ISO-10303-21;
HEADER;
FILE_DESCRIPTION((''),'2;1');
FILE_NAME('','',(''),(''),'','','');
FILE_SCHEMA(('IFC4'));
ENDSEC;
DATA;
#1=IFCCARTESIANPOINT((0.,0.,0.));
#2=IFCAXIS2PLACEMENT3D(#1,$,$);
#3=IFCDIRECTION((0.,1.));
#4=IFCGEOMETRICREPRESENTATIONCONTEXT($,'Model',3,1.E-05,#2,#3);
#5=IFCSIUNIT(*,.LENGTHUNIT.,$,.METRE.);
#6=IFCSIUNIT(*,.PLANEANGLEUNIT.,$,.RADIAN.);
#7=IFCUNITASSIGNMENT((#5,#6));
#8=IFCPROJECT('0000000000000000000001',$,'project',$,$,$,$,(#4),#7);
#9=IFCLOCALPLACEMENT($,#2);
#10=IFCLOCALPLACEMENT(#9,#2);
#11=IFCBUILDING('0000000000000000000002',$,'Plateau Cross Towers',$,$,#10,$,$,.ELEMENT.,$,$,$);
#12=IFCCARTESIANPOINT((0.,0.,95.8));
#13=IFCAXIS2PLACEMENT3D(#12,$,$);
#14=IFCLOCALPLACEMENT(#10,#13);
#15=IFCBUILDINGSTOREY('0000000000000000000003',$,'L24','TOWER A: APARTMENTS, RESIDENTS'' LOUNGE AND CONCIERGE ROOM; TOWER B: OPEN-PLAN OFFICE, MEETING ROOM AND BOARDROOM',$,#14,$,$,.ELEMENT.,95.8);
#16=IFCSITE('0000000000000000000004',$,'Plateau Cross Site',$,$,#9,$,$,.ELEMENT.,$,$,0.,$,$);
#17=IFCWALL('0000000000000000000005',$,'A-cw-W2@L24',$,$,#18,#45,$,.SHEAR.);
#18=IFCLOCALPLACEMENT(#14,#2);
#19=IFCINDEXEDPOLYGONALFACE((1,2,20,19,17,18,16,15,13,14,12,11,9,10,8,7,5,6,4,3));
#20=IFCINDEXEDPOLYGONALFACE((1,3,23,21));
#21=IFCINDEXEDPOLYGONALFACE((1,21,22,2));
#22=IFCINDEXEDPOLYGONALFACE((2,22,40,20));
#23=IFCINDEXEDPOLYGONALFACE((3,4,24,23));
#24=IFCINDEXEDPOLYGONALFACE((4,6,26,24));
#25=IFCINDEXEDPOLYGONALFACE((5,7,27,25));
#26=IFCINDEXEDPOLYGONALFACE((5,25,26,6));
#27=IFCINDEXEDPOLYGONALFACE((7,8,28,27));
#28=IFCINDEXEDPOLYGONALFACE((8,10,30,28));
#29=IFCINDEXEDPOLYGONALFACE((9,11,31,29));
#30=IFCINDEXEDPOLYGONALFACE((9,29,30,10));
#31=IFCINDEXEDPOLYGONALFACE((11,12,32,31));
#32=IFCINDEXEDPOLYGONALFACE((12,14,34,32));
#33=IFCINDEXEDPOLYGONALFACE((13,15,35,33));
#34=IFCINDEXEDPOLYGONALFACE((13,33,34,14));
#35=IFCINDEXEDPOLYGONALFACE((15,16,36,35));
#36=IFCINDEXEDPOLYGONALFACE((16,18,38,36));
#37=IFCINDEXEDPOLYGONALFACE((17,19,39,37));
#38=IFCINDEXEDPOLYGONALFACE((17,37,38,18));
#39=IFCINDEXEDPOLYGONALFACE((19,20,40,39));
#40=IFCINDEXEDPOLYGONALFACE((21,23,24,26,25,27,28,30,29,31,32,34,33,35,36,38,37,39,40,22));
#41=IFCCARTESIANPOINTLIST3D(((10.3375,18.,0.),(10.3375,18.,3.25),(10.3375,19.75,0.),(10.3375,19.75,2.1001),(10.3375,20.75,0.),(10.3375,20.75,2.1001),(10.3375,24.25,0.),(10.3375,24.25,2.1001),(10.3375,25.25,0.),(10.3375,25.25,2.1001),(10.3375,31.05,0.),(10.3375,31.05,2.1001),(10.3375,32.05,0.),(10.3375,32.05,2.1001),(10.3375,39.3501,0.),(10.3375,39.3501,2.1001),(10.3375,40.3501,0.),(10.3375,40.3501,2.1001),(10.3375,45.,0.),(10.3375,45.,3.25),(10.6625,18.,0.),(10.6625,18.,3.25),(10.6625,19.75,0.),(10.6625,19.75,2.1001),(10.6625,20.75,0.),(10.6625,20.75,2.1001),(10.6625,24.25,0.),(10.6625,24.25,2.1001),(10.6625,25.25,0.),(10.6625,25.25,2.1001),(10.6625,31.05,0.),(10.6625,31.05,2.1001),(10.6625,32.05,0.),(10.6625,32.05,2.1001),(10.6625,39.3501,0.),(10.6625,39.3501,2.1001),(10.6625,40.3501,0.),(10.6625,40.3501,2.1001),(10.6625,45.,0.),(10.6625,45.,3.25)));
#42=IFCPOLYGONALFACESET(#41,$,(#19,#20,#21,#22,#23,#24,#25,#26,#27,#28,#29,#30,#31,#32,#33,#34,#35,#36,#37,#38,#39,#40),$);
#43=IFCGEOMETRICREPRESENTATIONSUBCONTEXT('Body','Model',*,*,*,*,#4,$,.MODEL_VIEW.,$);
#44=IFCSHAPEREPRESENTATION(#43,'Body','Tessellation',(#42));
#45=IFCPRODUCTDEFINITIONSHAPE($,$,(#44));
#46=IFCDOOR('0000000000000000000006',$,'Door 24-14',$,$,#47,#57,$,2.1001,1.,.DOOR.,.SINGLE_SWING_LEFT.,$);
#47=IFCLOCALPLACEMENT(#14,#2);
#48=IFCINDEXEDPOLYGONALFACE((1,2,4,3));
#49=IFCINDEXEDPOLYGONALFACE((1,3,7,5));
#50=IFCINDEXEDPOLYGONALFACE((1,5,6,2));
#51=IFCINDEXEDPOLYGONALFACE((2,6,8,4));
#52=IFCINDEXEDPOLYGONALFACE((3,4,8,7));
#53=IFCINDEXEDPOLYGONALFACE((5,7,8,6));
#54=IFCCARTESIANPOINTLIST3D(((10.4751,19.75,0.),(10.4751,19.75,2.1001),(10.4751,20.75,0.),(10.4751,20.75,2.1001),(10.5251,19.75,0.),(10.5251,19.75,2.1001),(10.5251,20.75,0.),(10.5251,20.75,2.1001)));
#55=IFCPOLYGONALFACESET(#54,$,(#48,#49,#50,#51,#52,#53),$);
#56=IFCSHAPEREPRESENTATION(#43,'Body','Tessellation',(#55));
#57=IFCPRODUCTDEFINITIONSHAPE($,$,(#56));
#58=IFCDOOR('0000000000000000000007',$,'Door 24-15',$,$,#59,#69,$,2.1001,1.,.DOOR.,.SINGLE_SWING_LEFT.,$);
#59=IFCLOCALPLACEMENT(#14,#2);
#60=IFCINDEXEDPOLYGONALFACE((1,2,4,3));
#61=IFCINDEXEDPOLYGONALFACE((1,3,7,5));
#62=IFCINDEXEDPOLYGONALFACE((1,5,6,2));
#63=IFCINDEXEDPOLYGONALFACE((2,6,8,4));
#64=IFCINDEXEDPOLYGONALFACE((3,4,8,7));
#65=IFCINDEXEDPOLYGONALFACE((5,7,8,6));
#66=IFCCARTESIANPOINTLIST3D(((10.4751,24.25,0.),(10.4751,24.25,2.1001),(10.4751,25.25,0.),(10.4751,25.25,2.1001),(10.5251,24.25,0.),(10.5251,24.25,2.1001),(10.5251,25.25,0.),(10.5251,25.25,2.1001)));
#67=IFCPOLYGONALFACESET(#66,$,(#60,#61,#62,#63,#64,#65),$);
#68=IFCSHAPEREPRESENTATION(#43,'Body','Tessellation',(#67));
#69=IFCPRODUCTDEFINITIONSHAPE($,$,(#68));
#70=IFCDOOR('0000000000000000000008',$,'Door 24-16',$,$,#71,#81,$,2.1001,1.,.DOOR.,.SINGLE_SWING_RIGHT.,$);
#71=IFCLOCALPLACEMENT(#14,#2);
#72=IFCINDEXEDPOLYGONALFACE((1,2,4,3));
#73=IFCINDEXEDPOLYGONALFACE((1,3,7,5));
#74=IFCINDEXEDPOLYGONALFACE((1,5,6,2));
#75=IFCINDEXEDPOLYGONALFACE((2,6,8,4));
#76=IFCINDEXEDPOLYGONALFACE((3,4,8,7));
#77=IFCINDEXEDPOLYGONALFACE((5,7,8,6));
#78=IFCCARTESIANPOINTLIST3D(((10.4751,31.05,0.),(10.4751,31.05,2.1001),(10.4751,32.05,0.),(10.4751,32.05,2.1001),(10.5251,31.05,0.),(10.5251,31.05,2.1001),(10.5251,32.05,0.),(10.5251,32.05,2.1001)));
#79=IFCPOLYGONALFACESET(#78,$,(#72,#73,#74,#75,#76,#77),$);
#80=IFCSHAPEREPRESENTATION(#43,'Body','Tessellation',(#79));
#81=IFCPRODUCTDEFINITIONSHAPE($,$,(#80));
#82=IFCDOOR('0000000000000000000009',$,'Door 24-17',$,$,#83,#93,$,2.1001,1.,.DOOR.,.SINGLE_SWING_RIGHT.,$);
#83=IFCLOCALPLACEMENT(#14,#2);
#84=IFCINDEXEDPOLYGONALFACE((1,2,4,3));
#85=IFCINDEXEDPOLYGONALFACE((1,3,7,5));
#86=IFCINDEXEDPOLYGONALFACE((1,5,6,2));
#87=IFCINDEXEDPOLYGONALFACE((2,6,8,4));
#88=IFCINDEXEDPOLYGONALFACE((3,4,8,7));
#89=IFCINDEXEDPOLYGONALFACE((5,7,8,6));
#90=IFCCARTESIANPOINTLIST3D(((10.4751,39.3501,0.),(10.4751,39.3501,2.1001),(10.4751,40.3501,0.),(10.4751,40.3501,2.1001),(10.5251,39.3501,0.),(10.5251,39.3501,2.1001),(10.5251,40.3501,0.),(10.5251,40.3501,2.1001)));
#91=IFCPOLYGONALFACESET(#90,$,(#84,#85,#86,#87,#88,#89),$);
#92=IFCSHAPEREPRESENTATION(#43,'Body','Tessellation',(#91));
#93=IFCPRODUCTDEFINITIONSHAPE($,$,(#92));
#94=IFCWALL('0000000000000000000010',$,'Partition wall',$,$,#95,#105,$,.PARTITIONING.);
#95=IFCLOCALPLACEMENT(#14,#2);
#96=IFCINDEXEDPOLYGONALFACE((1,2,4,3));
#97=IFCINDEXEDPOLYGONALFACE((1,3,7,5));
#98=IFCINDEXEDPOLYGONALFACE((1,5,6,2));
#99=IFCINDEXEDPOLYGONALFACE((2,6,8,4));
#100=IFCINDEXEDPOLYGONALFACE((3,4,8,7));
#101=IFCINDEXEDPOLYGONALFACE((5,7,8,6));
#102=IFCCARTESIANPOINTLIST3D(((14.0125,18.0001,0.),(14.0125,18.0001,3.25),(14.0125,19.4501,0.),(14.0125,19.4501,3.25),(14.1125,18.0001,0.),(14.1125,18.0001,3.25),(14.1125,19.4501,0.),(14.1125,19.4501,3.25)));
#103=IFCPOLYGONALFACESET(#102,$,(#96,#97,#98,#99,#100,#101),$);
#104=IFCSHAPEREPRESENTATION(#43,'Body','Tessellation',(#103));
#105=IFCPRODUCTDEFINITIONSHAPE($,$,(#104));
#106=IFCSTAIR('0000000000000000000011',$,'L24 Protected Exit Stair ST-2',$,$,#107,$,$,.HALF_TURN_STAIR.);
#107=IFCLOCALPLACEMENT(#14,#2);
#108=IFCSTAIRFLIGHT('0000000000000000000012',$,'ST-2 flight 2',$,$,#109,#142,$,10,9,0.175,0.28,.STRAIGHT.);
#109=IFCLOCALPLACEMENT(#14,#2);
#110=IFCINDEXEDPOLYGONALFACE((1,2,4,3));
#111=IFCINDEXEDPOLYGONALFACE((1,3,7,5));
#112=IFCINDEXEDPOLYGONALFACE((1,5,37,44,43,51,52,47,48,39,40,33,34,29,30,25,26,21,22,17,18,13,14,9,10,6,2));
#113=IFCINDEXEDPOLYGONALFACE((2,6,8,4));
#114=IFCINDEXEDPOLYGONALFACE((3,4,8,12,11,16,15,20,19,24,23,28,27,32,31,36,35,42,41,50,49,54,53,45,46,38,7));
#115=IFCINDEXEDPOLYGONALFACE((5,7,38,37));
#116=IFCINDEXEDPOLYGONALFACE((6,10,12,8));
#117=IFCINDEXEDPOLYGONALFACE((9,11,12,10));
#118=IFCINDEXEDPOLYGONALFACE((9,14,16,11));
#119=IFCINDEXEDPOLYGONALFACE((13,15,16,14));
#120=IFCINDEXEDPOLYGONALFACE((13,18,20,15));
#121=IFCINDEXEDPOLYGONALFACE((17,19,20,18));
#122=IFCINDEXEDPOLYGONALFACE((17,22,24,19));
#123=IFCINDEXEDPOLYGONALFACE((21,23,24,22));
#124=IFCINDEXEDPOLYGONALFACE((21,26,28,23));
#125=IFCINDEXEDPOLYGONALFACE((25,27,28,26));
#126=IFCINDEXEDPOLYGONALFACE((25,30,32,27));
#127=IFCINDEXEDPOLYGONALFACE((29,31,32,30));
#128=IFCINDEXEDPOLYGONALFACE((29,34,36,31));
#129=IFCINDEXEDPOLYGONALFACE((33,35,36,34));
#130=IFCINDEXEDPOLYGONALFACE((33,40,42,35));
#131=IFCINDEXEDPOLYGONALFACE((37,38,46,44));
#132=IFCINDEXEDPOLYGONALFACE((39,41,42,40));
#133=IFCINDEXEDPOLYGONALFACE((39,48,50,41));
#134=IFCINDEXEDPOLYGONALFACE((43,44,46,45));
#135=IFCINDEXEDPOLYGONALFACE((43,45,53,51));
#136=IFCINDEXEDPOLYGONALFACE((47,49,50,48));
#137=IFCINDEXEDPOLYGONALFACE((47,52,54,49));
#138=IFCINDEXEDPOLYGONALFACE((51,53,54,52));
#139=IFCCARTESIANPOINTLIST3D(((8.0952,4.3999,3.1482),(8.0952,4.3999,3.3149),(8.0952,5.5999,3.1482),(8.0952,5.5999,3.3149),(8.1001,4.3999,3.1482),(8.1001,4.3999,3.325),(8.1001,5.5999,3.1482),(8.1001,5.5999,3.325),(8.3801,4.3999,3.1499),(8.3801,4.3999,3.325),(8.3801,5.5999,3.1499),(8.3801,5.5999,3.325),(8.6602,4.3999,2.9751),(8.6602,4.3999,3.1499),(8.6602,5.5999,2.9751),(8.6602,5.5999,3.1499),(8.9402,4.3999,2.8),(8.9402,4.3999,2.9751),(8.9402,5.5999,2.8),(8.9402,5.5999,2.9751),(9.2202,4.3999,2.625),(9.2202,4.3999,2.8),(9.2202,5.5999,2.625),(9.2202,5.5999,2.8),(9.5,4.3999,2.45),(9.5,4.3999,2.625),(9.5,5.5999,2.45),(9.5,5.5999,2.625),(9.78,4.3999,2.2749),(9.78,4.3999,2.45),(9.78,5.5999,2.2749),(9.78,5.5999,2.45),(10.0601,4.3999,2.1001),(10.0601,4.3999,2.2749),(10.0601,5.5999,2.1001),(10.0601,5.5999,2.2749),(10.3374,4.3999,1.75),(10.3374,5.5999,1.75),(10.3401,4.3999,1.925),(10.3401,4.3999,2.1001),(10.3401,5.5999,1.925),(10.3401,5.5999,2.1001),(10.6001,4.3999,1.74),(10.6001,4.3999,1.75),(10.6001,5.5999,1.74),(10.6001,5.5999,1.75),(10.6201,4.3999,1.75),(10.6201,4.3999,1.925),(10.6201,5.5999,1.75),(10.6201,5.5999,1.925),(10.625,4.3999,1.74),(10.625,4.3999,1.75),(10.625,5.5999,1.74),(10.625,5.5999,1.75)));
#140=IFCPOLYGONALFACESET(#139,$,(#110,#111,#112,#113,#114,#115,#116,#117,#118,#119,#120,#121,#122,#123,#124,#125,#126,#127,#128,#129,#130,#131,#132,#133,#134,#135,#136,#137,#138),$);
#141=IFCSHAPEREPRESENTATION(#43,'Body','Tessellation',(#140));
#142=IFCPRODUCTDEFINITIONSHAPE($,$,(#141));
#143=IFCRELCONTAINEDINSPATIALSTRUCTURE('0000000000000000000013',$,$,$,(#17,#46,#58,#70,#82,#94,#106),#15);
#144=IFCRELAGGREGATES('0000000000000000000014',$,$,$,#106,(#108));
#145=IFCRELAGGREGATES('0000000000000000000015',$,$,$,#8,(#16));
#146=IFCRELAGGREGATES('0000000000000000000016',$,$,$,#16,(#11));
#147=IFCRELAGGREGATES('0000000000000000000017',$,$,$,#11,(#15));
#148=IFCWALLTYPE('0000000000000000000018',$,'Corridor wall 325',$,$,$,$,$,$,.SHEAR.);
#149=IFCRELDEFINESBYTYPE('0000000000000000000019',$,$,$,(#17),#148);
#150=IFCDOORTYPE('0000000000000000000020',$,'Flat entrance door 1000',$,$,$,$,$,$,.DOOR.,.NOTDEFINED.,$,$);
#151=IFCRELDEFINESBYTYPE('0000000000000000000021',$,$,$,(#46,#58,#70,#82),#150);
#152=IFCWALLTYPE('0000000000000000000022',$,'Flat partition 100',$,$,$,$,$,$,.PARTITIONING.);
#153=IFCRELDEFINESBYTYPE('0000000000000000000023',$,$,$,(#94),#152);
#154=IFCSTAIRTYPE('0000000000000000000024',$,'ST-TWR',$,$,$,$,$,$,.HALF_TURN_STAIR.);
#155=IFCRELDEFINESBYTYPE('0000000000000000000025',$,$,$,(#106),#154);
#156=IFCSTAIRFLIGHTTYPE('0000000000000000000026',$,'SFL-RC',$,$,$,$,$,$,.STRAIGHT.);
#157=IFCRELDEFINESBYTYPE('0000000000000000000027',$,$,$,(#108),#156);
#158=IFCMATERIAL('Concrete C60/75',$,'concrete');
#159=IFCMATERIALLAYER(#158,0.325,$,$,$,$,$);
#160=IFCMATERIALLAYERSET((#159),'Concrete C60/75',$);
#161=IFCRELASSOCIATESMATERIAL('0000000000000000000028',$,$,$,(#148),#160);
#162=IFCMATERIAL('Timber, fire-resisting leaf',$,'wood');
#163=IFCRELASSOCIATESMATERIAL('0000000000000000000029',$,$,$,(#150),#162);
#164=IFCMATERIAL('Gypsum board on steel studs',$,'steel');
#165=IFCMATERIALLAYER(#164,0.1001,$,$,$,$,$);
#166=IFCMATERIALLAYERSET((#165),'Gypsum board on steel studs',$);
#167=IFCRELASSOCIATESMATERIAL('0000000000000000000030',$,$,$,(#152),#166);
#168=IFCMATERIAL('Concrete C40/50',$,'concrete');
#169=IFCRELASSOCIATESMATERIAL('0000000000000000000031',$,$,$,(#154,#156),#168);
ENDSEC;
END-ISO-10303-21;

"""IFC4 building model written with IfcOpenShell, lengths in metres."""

from ifc_helpers import new_model, si_unit, direction, frame, frame_2d, origin, place, context, subcontext, project, spatial, polyline, rectangle, outline, extrude, material, layer, layer_set, type_object, element, fill, aggregate, save


model = new_model("IFC4")

# Units and contexts
model_context = context("Model", 3, precision=1e-05, world=origin(), true_north=direction((0.0, 1.0)))
body_context = subcontext(model_context, "Body", "Model", "MODEL_VIEW")
ifc_project = project(units=[si_unit("LENGTHUNIT", "METRE"), si_unit("PLANEANGLEUNIT", "RADIAN")], contexts=[model_context])

# Site, building, storey
site_placement = place(None, origin())
site = spatial("IfcSite", under=ifc_project, at=site_placement, Name="Plateau Cross Site", CompositionType="ELEMENT", RefElevation=0.0)
building_placement = place(site_placement, origin())
building = spatial("IfcBuilding", under=site, at=building_placement, Name="Plateau Cross Towers", CompositionType="ELEMENT")
storey_placement = place(building_placement, frame((0.0, 0.0, 95.8)))
storey = spatial("IfcBuildingStorey", under=building, at=storey_placement, Name="L24", Description="TOWER A: APARTMENTS, RESIDENTS' LOUNGE AND CONCIERGE ROOM; TOWER B: OPEN-PLAN OFFICE, MEETING ROOM AND BOARDROOM", CompositionType="ELEMENT", Elevation=95.8)

# Shared definitions
ifc_material_1 = material(Name="Concrete C60/75", Category="concrete")

# Shared definitions
ifc_material_2 = material(Name="Timber, fire-resisting leaf", Category="wood")

# Wall, openings, doors
ifc_layer_1 = layer(ifc_material_1, 0.325)
ifc_layer_set_1 = layer_set([ifc_layer_1], Name="Concrete C60/75")
wall_type_1 = type_object("IfcWallType", Name="Corridor wall 325", PredefinedType="SHEAR", material=ifc_layer_set_1)
wall_1_placement = place(storey_placement, frame((10.5, 18.0, 0.0), z_axis=(0.0, 0.0, 1.0), x_axis=(0.0, 1.0, 0.0)))
wall_1 = element("IfcWall", 1, at=wall_1_placement, inside=storey, type_object=wall_type_1, Name="A-cw-W2@L24", PredefinedType="SHEAR", context=body_context, shape_type="SweptSolid", body=[
    extrude(rectangle(XDim=27.0, YDim=0.325, at=frame_2d((13.5, 0.0))), origin(), (0.0, 0.0, 1.0), 3.25),
])
opening_1_placement = place(wall_1_placement, frame((1.75, 0.0, 0.0)))
opening_1 = element("IfcOpeningElement", 2, at=opening_1_placement, cuts=wall_1, PredefinedType="OPENING", context=body_context, shape_type="SweptSolid", body=[
    extrude(rectangle(XDim=1.0, YDim=2.1001, at=frame_2d((0.5, 1.05))), frame((0.0, 0.1724, 0.0), z_axis=(0.0, -1.0, 0.0), x_axis=(1.0, 0.0, 0.0)), (0.0, 0.0, 1.0), 0.345),
])
opening_2_placement = place(wall_1_placement, frame((6.25, 0.0, 0.0)))
opening_2 = element("IfcOpeningElement", 3, at=opening_2_placement, cuts=wall_1, PredefinedType="OPENING", context=body_context, shape_type="SweptSolid", body=[
    extrude(rectangle(XDim=1.0, YDim=2.1001, at=frame_2d((0.5, 1.05))), frame((0.0, 0.1724, 0.0), z_axis=(0.0, -1.0, 0.0), x_axis=(1.0, 0.0, 0.0)), (0.0, 0.0, 1.0), 0.345),
])
opening_3_placement = place(wall_1_placement, frame((13.05, 0.0, 0.0)))
opening_3 = element("IfcOpeningElement", 4, at=opening_3_placement, cuts=wall_1, PredefinedType="OPENING", context=body_context, shape_type="SweptSolid", body=[
    extrude(rectangle(XDim=1.0, YDim=2.1001, at=frame_2d((0.5, 1.05))), frame((0.0, 0.1724, 0.0), z_axis=(0.0, -1.0, 0.0), x_axis=(1.0, 0.0, 0.0)), (0.0, 0.0, 1.0), 0.345),
])
opening_4_placement = place(wall_1_placement, frame((21.3501, 0.0, 0.0)))
opening_4 = element("IfcOpeningElement", 5, at=opening_4_placement, cuts=wall_1, PredefinedType="OPENING", context=body_context, shape_type="SweptSolid", body=[
    extrude(rectangle(XDim=1.0, YDim=2.1001, at=frame_2d((0.5, 1.05))), frame((0.0, 0.1724, 0.0), z_axis=(0.0, -1.0, 0.0), x_axis=(1.0, 0.0, 0.0)), (0.0, 0.0, 1.0), 0.345),
])
door_type_1 = type_object("IfcDoorType", Name="Flat entrance door 1000", OperationType="NOTDEFINED", PredefinedType="DOOR", material=ifc_material_2)
door_1_placement = place(opening_1_placement, origin())
door_1 = element("IfcDoor", 6, at=door_1_placement, inside=storey, type_object=door_type_1, Name="Door 24-14", OperationType="SINGLE_SWING_LEFT", OverallHeight=2.1001, OverallWidth=1.0, PredefinedType="DOOR", context=body_context, shape_type="SweptSolid", body=[
    extrude(rectangle(XDim=1.0, YDim=2.1001, at=frame_2d((0.5, 1.05))), frame((0.0, 0.0249, 0.0), z_axis=(0.0, -1.0, 0.0), x_axis=(1.0, 0.0, 0.0)), (0.0, 0.0, 1.0), 0.05),
])
fill(opening_1, door_1)
door_2_placement = place(opening_2_placement, origin())
door_2 = element("IfcDoor", 7, at=door_2_placement, inside=storey, type_object=door_type_1, Name="Door 24-15", OperationType="SINGLE_SWING_LEFT", OverallHeight=2.1001, OverallWidth=1.0, PredefinedType="DOOR", context=body_context, shape_type="SweptSolid", body=[
    extrude(rectangle(XDim=1.0, YDim=2.1001, at=frame_2d((0.5, 1.05))), frame((0.0, 0.0249, 0.0), z_axis=(0.0, -1.0, 0.0), x_axis=(1.0, 0.0, 0.0)), (0.0, 0.0, 1.0), 0.05),
])
fill(opening_2, door_2)
door_3_placement = place(opening_3_placement, origin())
door_3 = element("IfcDoor", 8, at=door_3_placement, inside=storey, type_object=door_type_1, Name="Door 24-16", OperationType="SINGLE_SWING_RIGHT", OverallHeight=2.1001, OverallWidth=1.0, PredefinedType="DOOR", context=body_context, shape_type="SweptSolid", body=[
    extrude(rectangle(XDim=1.0, YDim=2.1001, at=frame_2d((0.5, 1.05))), frame((0.0, 0.0249, 0.0), z_axis=(0.0, -1.0, 0.0), x_axis=(1.0, 0.0, 0.0)), (0.0, 0.0, 1.0), 0.05),
])
fill(opening_3, door_3)
door_4_placement = place(opening_4_placement, origin())
door_4 = element("IfcDoor", 9, at=door_4_placement, inside=storey, type_object=door_type_1, Name="Door 24-17", OperationType="SINGLE_SWING_RIGHT", OverallHeight=2.1001, OverallWidth=1.0, PredefinedType="DOOR", context=body_context, shape_type="SweptSolid", body=[
    extrude(rectangle(XDim=1.0, YDim=2.1001, at=frame_2d((0.5, 1.05))), frame((0.0, 0.0249, 0.0), z_axis=(0.0, -1.0, 0.0), x_axis=(1.0, 0.0, 0.0)), (0.0, 0.0, 1.0), 0.05),
])
fill(opening_4, door_4)

# Wall
ifc_material_3 = material(Name="Gypsum board on steel studs", Category="steel")
ifc_layer_2 = layer(ifc_material_3, 0.1001)
ifc_layer_set_2 = layer_set([ifc_layer_2], Name="Gypsum board on steel studs")
wall_type_2 = type_object("IfcWallType", Name="Flat partition 100", PredefinedType="PARTITIONING", material=ifc_layer_set_2)
wall_2_placement = place(storey_placement, frame((14.0625, 18.0, 0.0), z_axis=(0.0, 0.0, 1.0), x_axis=(0.0, 1.0, 0.0)))
element("IfcWall", 10, at=wall_2_placement, inside=storey, type_object=wall_type_2, Name="Partition wall", PredefinedType="PARTITIONING", context=body_context, shape_type="SweptSolid", body=[
    extrude(rectangle(XDim=1.45, YDim=0.1001, at=frame_2d((0.7251, 0.0))), origin(), (0.0, 0.0, 1.0), 3.25),
])

# Stair, stair flight
ifc_material_4 = material(Name="Concrete C40/50", Category="concrete")
stair_type = type_object("IfcStairType", Name="ST-TWR", PredefinedType="HALF_TURN_STAIR", material=ifc_material_4)
stair_placement = place(storey_placement, origin())
stair = element("IfcStair", 11, at=stair_placement, inside=storey, type_object=stair_type, Name="L24 Protected Exit Stair ST-2", PredefinedType="HALF_TURN_STAIR")
stair_flight_type = type_object("IfcStairFlightType", Name="SFL-RC", PredefinedType="STRAIGHT", material=ifc_material_4)
stair_flight_placement = place(storey_placement, frame((10.6201, 5.0, 1.75), z_axis=(0.0, 0.0, 1.0), x_axis=(-1.0, 0.0, 0.0)))
stair_flight = element("IfcStairFlight", 12, at=stair_flight_placement, type_object=stair_flight_type, Name="ST-2 flight 2", NumberOfRisers=10, NumberOfTreads=9, PredefinedType="STRAIGHT", RiserHeight=0.175, TreadLength=0.28, context=body_context, shape_type="SweptSolid", body=[
    extrude(outline(polyline([(-0.0049, -0.01), (-0.0049, 0.0), (0.0, 0.0), (0.0, 0.175), (0.28, 0.175), (0.28, 0.3501), (0.5601, 0.3501), (0.5601, 0.5249), (0.8401, 0.5249), (0.8401, 0.7), (1.1201, 0.7), (1.1201, 0.875), (1.3999, 0.875), (1.3999, 1.05), (1.6799, 1.05), (1.6799, 1.2251), (1.96, 1.2251), (1.96, 1.3999), (2.24, 1.3999), (2.24, 1.575), (2.52, 1.575), (2.5249, 1.5649), (2.5249, 1.3982), (2.52, 1.3982), (0.2827, 0.0), (0.02, 0.0), (0.02, -0.01), (-0.0049, -0.01)])), frame((0.0, 0.6001, 0.0), z_axis=(0.0, -1.0, 0.0), x_axis=(1.0, 0.0, 0.0)), (0.0, 0.0, 1.0), 1.2),
])
aggregate(stair, [stair_flight])

save(model, "model.ifc")
